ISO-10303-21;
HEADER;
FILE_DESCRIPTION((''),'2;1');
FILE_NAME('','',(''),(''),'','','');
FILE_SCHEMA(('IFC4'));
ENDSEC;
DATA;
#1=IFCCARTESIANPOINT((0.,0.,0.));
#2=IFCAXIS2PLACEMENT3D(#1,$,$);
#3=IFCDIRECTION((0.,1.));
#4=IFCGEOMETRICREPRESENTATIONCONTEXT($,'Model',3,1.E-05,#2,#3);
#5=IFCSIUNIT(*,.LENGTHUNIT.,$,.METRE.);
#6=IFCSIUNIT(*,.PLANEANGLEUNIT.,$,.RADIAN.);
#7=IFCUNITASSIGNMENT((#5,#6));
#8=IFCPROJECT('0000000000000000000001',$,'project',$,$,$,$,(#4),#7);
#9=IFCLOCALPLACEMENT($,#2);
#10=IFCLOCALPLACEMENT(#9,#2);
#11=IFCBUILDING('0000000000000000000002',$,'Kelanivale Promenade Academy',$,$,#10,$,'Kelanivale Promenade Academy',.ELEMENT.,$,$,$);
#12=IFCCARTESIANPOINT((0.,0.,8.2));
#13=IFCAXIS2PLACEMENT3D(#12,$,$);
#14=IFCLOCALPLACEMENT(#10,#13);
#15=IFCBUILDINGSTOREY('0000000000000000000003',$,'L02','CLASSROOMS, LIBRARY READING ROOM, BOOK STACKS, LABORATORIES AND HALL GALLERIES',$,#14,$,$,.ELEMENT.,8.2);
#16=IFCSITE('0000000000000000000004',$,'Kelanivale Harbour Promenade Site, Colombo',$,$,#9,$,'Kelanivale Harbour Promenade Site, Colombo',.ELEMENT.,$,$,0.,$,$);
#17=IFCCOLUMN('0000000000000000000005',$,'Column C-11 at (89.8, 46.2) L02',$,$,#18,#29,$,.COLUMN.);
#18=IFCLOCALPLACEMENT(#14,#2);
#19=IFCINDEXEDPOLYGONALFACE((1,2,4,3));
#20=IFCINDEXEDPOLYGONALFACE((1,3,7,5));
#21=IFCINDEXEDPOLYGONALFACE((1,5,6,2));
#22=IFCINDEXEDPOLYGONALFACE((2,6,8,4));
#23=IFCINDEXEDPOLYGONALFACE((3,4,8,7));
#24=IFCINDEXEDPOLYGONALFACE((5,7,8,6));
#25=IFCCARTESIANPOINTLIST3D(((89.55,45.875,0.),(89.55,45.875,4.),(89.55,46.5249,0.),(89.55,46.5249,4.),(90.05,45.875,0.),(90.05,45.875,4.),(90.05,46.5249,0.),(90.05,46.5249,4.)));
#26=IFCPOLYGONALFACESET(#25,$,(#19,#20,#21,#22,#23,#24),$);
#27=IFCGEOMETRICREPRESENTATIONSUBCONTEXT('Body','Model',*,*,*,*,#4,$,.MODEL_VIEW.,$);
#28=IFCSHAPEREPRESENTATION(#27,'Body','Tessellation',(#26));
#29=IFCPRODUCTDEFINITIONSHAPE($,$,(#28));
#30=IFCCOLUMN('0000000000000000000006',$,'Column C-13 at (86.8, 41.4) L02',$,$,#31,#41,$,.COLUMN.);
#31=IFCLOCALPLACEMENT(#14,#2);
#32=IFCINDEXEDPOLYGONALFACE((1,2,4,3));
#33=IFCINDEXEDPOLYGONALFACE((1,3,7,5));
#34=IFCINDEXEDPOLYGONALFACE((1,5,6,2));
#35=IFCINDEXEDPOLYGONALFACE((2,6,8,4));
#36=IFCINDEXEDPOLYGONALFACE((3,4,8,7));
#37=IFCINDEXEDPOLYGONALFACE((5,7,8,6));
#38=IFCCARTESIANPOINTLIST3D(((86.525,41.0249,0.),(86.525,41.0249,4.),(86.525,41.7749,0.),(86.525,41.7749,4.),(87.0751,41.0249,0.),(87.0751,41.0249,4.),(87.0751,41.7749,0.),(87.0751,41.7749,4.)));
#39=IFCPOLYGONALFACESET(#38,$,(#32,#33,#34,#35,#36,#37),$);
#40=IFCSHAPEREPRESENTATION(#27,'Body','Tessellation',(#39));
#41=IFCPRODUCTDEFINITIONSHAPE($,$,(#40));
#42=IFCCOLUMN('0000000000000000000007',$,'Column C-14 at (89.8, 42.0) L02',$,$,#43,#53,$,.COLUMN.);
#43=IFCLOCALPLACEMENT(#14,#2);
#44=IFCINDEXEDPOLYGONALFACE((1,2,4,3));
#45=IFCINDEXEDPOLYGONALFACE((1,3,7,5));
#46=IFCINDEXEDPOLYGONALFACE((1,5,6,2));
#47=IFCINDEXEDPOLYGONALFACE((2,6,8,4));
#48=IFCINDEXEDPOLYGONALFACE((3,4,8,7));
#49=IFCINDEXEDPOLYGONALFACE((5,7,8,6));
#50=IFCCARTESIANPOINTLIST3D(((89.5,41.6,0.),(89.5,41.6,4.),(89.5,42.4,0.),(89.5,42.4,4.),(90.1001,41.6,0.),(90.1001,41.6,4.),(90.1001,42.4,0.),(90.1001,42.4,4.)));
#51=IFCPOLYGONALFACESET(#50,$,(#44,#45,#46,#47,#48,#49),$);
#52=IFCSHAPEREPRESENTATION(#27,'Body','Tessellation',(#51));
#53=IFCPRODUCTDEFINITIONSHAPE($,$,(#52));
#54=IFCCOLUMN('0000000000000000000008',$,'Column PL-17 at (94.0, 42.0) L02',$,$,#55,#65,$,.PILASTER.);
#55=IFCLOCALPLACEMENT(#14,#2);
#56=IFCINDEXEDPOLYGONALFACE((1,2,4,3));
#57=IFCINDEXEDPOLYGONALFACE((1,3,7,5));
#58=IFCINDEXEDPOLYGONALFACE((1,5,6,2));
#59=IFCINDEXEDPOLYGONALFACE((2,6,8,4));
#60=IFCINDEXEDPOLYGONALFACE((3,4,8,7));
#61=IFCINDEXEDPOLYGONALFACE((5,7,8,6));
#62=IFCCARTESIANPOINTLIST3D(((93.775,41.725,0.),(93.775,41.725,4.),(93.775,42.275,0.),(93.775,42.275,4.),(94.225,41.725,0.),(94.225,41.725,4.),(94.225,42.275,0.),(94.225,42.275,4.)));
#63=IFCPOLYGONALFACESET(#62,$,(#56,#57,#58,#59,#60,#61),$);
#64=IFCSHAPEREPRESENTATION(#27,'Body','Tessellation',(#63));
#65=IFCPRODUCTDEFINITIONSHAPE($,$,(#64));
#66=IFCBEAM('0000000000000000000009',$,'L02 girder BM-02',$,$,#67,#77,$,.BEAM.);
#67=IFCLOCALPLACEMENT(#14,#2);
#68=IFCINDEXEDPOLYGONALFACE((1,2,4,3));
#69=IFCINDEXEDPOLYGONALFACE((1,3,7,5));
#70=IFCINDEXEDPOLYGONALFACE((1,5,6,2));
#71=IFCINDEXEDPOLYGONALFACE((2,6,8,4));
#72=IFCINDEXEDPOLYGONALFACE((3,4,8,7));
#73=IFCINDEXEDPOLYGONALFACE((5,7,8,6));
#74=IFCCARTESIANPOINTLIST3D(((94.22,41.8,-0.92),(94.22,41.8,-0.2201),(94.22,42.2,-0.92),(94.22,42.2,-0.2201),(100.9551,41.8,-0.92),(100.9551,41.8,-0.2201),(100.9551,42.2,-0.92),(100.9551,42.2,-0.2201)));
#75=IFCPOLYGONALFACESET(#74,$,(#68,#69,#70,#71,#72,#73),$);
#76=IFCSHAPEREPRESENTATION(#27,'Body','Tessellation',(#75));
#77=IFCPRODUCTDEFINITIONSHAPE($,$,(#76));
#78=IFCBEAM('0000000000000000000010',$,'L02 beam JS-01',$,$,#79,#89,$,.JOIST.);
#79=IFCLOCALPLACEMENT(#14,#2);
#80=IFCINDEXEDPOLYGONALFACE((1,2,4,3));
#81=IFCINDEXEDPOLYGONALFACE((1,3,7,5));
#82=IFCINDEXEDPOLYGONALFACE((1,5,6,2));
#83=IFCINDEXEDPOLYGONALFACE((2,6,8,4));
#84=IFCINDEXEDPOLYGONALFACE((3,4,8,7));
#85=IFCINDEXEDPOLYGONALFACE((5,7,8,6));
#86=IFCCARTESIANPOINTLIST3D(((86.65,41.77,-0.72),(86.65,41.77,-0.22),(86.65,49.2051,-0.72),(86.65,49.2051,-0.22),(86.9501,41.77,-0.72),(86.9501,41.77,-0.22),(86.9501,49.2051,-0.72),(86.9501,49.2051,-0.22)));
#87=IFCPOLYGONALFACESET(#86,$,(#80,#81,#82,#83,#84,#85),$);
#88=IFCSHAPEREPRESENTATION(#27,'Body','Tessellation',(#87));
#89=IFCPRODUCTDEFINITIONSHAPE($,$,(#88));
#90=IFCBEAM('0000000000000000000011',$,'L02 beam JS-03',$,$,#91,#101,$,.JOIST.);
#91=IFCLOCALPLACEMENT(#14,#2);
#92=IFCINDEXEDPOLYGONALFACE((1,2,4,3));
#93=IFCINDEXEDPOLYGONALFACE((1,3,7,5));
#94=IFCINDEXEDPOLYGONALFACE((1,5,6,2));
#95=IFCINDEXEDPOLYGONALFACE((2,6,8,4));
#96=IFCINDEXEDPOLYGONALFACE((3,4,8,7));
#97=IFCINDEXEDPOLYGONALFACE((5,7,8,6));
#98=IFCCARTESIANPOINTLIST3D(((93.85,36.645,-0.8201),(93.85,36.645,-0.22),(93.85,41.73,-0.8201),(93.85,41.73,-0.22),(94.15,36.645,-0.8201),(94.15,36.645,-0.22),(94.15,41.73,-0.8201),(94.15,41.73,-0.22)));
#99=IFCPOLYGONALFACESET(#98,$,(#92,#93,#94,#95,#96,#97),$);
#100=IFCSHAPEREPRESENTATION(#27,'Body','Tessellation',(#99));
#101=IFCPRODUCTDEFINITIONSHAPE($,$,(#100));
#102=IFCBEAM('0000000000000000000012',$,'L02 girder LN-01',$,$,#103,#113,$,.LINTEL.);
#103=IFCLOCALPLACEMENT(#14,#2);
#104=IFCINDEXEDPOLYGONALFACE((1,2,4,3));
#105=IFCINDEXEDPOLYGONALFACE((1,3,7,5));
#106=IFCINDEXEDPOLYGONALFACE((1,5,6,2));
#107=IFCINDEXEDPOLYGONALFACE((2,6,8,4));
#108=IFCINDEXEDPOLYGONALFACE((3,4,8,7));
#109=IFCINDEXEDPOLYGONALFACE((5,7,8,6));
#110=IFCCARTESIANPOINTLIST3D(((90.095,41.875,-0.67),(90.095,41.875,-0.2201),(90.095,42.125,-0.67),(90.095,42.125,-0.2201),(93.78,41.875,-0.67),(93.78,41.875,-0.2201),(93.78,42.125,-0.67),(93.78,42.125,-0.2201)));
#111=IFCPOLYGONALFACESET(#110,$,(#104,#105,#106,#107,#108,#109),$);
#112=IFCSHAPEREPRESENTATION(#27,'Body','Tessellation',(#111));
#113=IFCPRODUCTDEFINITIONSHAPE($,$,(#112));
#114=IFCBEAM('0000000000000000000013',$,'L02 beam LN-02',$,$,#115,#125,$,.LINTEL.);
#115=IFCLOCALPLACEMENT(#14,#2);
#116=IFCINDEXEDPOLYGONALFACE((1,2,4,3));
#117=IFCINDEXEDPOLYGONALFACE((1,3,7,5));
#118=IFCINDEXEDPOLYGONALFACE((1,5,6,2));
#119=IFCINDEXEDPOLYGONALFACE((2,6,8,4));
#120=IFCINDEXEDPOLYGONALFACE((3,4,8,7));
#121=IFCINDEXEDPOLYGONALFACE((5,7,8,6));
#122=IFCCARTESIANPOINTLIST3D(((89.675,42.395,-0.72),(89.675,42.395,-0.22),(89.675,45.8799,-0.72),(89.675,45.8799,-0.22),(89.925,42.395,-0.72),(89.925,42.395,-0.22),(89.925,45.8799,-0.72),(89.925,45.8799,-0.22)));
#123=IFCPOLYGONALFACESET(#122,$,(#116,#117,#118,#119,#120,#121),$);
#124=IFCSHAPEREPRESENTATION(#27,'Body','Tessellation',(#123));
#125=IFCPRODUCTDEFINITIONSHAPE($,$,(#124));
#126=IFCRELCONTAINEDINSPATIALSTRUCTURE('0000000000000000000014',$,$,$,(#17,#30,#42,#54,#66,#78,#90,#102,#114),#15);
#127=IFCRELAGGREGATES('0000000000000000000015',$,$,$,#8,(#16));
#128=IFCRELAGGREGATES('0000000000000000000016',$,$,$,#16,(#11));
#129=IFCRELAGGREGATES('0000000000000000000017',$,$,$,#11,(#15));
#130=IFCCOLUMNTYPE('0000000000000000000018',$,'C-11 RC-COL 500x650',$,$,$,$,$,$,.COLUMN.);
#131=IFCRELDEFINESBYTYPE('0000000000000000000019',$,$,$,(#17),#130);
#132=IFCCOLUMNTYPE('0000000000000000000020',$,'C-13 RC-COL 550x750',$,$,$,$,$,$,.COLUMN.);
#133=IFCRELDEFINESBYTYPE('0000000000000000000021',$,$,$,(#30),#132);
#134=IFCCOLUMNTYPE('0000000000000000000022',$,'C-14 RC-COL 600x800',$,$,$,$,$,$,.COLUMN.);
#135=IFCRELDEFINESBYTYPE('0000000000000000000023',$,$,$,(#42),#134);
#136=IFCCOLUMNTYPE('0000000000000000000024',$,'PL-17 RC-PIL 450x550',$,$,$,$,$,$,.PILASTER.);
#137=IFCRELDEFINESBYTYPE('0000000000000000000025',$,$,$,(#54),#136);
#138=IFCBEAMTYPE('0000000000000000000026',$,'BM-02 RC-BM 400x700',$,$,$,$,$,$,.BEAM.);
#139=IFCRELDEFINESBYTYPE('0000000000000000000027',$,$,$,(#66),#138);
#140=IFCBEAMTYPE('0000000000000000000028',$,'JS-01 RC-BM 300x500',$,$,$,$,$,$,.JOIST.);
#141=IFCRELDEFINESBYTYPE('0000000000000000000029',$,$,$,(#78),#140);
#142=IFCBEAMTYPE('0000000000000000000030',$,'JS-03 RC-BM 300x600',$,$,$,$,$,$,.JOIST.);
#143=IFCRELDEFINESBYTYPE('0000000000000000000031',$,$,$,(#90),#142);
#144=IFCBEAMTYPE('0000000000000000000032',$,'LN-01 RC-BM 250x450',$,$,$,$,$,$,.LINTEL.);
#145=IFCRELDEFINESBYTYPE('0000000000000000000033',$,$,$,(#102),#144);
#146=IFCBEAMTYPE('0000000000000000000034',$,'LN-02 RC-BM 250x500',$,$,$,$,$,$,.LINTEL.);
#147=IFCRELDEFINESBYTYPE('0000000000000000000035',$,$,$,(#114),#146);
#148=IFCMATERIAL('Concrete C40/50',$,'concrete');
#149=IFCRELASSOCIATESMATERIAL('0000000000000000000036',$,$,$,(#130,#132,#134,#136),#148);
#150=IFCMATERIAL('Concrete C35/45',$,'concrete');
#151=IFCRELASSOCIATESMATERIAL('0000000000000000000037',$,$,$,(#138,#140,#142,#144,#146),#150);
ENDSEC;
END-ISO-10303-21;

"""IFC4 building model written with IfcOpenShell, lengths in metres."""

from ifc_helpers import new_model, si_unit, direction, frame, origin, origin_2d, place, context, subcontext, project, spatial, rectangle, extrude, material, material_profile, profile_set, type_object, element, save


model = new_model("IFC4")

# Units and contexts
model_context = context("Model", 3, precision=1e-05, world=origin(), true_north=direction((0.0, 1.0)))
body_context = subcontext(model_context, "Body", "Model", "MODEL_VIEW")
ifc_project = project(units=[si_unit("LENGTHUNIT", "METRE"), si_unit("PLANEANGLEUNIT", "RADIAN")], contexts=[model_context])

# Site, building, storey
site_placement = place(None, origin())
site = spatial("IfcSite", under=ifc_project, at=site_placement, Name="Kelanivale Harbour Promenade Site, Colombo", LongName="Kelanivale Harbour Promenade Site, Colombo", CompositionType="ELEMENT", RefElevation=0.0)
building_placement = place(site_placement, origin())
building = spatial("IfcBuilding", under=site, at=building_placement, Name="Kelanivale Promenade Academy", LongName="Kelanivale Promenade Academy", CompositionType="ELEMENT")
storey_placement = place(building_placement, frame((0.0, 0.0, 8.2)))
storey = spatial("IfcBuildingStorey", under=building, at=storey_placement, Name="L02", Description="CLASSROOMS, LIBRARY READING ROOM, BOOK STACKS, LABORATORIES AND HALL GALLERIES", CompositionType="ELEMENT", Elevation=8.2)

# Columns
ifc_material_1 = material(Name="Concrete C40/50", Category="concrete")
ifc_material_profile_1 = material_profile(ifc_material_1, rectangle(XDim=0.5, YDim=0.6499, at=origin_2d()), Name="RC-COL 500x650")
ifc_profile_set_1 = profile_set([ifc_material_profile_1], Name="Concrete C40/50")
column_type_1 = type_object("IfcColumnType", Name="C-11 RC-COL 500x650", PredefinedType="COLUMN", material=ifc_profile_set_1)
column_1_placement = place(storey_placement, frame((89.8, 46.2, 0.0), z_axis=(0.0, 0.0, 1.0), x_axis=(1.0, 0.0, 0.0)))
element("IfcColumn", 1, at=column_1_placement, inside=storey, type_object=column_type_1, Name="Column C-11 at (89.8, 46.2) L02", PredefinedType="COLUMN", context=body_context, shape_type="SweptSolid", body=[
    extrude(rectangle(XDim=0.5, YDim=0.6499, at=origin_2d()), origin(), (0.0, 0.0, 1.0), 4.0),
])
ifc_material_profile_2 = material_profile(ifc_material_1, rectangle(XDim=0.55, YDim=0.75, at=origin_2d()), Name="RC-COL 550x750")
ifc_profile_set_2 = profile_set([ifc_material_profile_2], Name="Concrete C40/50")
column_type_2 = type_object("IfcColumnType", Name="C-13 RC-COL 550x750", PredefinedType="COLUMN", material=ifc_profile_set_2)
column_2_placement = place(storey_placement, frame((86.8, 41.3999, 0.0), z_axis=(0.0, 0.0, 1.0), x_axis=(1.0, 0.0, 0.0)))
element("IfcColumn", 2, at=column_2_placement, inside=storey, type_object=column_type_2, Name="Column C-13 at (86.8, 41.4) L02", PredefinedType="COLUMN", context=body_context, shape_type="SweptSolid", body=[
    extrude(rectangle(XDim=0.55, YDim=0.75, at=origin_2d()), origin(), (0.0, 0.0, 1.0), 4.0),
])
ifc_material_profile_3 = material_profile(ifc_material_1, rectangle(XDim=0.6001, YDim=0.8, at=origin_2d()), Name="RC-COL 600x800")
ifc_profile_set_3 = profile_set([ifc_material_profile_3], Name="Concrete C40/50")
column_type_3 = type_object("IfcColumnType", Name="C-14 RC-COL 600x800", PredefinedType="COLUMN", material=ifc_profile_set_3)
column_3_placement = place(storey_placement, frame((89.8, 42.0, 0.0), z_axis=(0.0, 0.0, 1.0), x_axis=(1.0, 0.0, 0.0)))
element("IfcColumn", 3, at=column_3_placement, inside=storey, type_object=column_type_3, Name="Column C-14 at (89.8, 42.0) L02", PredefinedType="COLUMN", context=body_context, shape_type="SweptSolid", body=[
    extrude(rectangle(XDim=0.6001, YDim=0.8, at=origin_2d()), origin(), (0.0, 0.0, 1.0), 4.0),
])
ifc_material_profile_4 = material_profile(ifc_material_1, rectangle(XDim=0.45, YDim=0.55, at=origin_2d()), Name="RC-PIL 450x550")
ifc_profile_set_4 = profile_set([ifc_material_profile_4], Name="Concrete C40/50")
column_type_4 = type_object("IfcColumnType", Name="PL-17 RC-PIL 450x550", PredefinedType="PILASTER", material=ifc_profile_set_4)
column_4_placement = place(storey_placement, frame((94.0, 42.0, 0.0), z_axis=(0.0, 0.0, 1.0), x_axis=(1.0, 0.0, 0.0)))
element("IfcColumn", 4, at=column_4_placement, inside=storey, type_object=column_type_4, Name="Column PL-17 at (94.0, 42.0) L02", PredefinedType="PILASTER", context=body_context, shape_type="SweptSolid", body=[
    extrude(rectangle(XDim=0.45, YDim=0.55, at=origin_2d()), origin(), (0.0, 0.0, 1.0), 4.0),
])

# Beams
ifc_material_2 = material(Name="Concrete C35/45", Category="concrete")
ifc_material_profile_5 = material_profile(ifc_material_2, rectangle(XDim=0.3999, YDim=0.7, at=origin_2d()), Name="RC-BM 400x700")
ifc_profile_set_5 = profile_set([ifc_material_profile_5], Name="Concrete C35/45")
beam_type_1 = type_object("IfcBeamType", Name="BM-02 RC-BM 400x700", PredefinedType="BEAM", material=ifc_profile_set_5)
beam_1_placement = place(storey_placement, frame((94.22, 42.0, -0.5701), z_axis=(1.0, 0.0, 0.0), x_axis=(0.0, 1.0, 0.0)))
element("IfcBeam", 5, at=beam_1_placement, inside=storey, type_object=beam_type_1, Name="L02 girder BM-02", PredefinedType="BEAM", context=body_context, shape_type="SweptSolid", body=[
    extrude(rectangle(XDim=0.3999, YDim=0.7, at=origin_2d()), origin(), (0.0, 0.0, 1.0), 6.7351),
])
ifc_material_profile_6 = material_profile(ifc_material_2, rectangle(XDim=0.3, YDim=0.5, at=origin_2d()), Name="RC-BM 300x500")
ifc_profile_set_6 = profile_set([ifc_material_profile_6], Name="Concrete C35/45")
beam_type_2 = type_object("IfcBeamType", Name="JS-01 RC-BM 300x500", PredefinedType="JOIST", material=ifc_profile_set_6)
beam_2_placement = place(storey_placement, frame((86.8, 41.77, -0.47), z_axis=(0.0, 1.0, 0.0), x_axis=(-1.0, 0.0, 0.0)))
element("IfcBeam", 6, at=beam_2_placement, inside=storey, type_object=beam_type_2, Name="L02 beam JS-01", PredefinedType="JOIST", context=body_context, shape_type="SweptSolid", body=[
    extrude(rectangle(XDim=0.3, YDim=0.5, at=origin_2d()), origin(), (0.0, 0.0, 1.0), 7.4351),
])
ifc_material_profile_7 = material_profile(ifc_material_2, rectangle(XDim=0.3, YDim=0.6001, at=origin_2d()), Name="RC-BM 300x600")
ifc_profile_set_7 = profile_set([ifc_material_profile_7], Name="Concrete C35/45")
beam_type_3 = type_object("IfcBeamType", Name="JS-03 RC-BM 300x600", PredefinedType="JOIST", material=ifc_profile_set_7)
beam_3_placement = place(storey_placement, frame((94.0, 36.645, -0.52), z_axis=(0.0, 1.0, 0.0), x_axis=(-1.0, 0.0, 0.0)))
element("IfcBeam", 7, at=beam_3_placement, inside=storey, type_object=beam_type_3, Name="L02 beam JS-03", PredefinedType="JOIST", context=body_context, shape_type="SweptSolid", body=[
    extrude(rectangle(XDim=0.3, YDim=0.6001, at=origin_2d()), origin(), (0.0, 0.0, 1.0), 5.085),
])
ifc_material_profile_8 = material_profile(ifc_material_2, rectangle(XDim=0.25, YDim=0.45, at=origin_2d()), Name="RC-BM 250x450")
ifc_profile_set_8 = profile_set([ifc_material_profile_8], Name="Concrete C35/45")
beam_type_4 = type_object("IfcBeamType", Name="LN-01 RC-BM 250x450", PredefinedType="LINTEL", material=ifc_profile_set_8)
beam_4_placement = place(storey_placement, frame((90.095, 42.0, -0.4451), z_axis=(1.0, 0.0, 0.0), x_axis=(0.0, 1.0, 0.0)))
element("IfcBeam", 8, at=beam_4_placement, inside=storey, type_object=beam_type_4, Name="L02 girder LN-01", PredefinedType="LINTEL", context=body_context, shape_type="SweptSolid", body=[
    extrude(rectangle(XDim=0.25, YDim=0.45, at=origin_2d()), origin(), (0.0, 0.0, 1.0), 3.6851),
])
ifc_material_profile_9 = material_profile(ifc_material_2, rectangle(XDim=0.25, YDim=0.5, at=origin_2d()), Name="RC-BM 250x500")
ifc_profile_set_9 = profile_set([ifc_material_profile_9], Name="Concrete C35/45")
beam_type_5 = type_object("IfcBeamType", Name="LN-02 RC-BM 250x500", PredefinedType="LINTEL", material=ifc_profile_set_9)
beam_5_placement = place(storey_placement, frame((89.8, 42.395, -0.47), z_axis=(0.0, 1.0, 0.0), x_axis=(-1.0, 0.0, 0.0)))
element("IfcBeam", 9, at=beam_5_placement, inside=storey, type_object=beam_type_5, Name="L02 beam LN-02", PredefinedType="LINTEL", context=body_context, shape_type="SweptSolid", body=[
    extrude(rectangle(XDim=0.25, YDim=0.5, at=origin_2d()), origin(), (0.0, 0.0, 1.0), 3.4849),
])

save(model, "model.ifc")
